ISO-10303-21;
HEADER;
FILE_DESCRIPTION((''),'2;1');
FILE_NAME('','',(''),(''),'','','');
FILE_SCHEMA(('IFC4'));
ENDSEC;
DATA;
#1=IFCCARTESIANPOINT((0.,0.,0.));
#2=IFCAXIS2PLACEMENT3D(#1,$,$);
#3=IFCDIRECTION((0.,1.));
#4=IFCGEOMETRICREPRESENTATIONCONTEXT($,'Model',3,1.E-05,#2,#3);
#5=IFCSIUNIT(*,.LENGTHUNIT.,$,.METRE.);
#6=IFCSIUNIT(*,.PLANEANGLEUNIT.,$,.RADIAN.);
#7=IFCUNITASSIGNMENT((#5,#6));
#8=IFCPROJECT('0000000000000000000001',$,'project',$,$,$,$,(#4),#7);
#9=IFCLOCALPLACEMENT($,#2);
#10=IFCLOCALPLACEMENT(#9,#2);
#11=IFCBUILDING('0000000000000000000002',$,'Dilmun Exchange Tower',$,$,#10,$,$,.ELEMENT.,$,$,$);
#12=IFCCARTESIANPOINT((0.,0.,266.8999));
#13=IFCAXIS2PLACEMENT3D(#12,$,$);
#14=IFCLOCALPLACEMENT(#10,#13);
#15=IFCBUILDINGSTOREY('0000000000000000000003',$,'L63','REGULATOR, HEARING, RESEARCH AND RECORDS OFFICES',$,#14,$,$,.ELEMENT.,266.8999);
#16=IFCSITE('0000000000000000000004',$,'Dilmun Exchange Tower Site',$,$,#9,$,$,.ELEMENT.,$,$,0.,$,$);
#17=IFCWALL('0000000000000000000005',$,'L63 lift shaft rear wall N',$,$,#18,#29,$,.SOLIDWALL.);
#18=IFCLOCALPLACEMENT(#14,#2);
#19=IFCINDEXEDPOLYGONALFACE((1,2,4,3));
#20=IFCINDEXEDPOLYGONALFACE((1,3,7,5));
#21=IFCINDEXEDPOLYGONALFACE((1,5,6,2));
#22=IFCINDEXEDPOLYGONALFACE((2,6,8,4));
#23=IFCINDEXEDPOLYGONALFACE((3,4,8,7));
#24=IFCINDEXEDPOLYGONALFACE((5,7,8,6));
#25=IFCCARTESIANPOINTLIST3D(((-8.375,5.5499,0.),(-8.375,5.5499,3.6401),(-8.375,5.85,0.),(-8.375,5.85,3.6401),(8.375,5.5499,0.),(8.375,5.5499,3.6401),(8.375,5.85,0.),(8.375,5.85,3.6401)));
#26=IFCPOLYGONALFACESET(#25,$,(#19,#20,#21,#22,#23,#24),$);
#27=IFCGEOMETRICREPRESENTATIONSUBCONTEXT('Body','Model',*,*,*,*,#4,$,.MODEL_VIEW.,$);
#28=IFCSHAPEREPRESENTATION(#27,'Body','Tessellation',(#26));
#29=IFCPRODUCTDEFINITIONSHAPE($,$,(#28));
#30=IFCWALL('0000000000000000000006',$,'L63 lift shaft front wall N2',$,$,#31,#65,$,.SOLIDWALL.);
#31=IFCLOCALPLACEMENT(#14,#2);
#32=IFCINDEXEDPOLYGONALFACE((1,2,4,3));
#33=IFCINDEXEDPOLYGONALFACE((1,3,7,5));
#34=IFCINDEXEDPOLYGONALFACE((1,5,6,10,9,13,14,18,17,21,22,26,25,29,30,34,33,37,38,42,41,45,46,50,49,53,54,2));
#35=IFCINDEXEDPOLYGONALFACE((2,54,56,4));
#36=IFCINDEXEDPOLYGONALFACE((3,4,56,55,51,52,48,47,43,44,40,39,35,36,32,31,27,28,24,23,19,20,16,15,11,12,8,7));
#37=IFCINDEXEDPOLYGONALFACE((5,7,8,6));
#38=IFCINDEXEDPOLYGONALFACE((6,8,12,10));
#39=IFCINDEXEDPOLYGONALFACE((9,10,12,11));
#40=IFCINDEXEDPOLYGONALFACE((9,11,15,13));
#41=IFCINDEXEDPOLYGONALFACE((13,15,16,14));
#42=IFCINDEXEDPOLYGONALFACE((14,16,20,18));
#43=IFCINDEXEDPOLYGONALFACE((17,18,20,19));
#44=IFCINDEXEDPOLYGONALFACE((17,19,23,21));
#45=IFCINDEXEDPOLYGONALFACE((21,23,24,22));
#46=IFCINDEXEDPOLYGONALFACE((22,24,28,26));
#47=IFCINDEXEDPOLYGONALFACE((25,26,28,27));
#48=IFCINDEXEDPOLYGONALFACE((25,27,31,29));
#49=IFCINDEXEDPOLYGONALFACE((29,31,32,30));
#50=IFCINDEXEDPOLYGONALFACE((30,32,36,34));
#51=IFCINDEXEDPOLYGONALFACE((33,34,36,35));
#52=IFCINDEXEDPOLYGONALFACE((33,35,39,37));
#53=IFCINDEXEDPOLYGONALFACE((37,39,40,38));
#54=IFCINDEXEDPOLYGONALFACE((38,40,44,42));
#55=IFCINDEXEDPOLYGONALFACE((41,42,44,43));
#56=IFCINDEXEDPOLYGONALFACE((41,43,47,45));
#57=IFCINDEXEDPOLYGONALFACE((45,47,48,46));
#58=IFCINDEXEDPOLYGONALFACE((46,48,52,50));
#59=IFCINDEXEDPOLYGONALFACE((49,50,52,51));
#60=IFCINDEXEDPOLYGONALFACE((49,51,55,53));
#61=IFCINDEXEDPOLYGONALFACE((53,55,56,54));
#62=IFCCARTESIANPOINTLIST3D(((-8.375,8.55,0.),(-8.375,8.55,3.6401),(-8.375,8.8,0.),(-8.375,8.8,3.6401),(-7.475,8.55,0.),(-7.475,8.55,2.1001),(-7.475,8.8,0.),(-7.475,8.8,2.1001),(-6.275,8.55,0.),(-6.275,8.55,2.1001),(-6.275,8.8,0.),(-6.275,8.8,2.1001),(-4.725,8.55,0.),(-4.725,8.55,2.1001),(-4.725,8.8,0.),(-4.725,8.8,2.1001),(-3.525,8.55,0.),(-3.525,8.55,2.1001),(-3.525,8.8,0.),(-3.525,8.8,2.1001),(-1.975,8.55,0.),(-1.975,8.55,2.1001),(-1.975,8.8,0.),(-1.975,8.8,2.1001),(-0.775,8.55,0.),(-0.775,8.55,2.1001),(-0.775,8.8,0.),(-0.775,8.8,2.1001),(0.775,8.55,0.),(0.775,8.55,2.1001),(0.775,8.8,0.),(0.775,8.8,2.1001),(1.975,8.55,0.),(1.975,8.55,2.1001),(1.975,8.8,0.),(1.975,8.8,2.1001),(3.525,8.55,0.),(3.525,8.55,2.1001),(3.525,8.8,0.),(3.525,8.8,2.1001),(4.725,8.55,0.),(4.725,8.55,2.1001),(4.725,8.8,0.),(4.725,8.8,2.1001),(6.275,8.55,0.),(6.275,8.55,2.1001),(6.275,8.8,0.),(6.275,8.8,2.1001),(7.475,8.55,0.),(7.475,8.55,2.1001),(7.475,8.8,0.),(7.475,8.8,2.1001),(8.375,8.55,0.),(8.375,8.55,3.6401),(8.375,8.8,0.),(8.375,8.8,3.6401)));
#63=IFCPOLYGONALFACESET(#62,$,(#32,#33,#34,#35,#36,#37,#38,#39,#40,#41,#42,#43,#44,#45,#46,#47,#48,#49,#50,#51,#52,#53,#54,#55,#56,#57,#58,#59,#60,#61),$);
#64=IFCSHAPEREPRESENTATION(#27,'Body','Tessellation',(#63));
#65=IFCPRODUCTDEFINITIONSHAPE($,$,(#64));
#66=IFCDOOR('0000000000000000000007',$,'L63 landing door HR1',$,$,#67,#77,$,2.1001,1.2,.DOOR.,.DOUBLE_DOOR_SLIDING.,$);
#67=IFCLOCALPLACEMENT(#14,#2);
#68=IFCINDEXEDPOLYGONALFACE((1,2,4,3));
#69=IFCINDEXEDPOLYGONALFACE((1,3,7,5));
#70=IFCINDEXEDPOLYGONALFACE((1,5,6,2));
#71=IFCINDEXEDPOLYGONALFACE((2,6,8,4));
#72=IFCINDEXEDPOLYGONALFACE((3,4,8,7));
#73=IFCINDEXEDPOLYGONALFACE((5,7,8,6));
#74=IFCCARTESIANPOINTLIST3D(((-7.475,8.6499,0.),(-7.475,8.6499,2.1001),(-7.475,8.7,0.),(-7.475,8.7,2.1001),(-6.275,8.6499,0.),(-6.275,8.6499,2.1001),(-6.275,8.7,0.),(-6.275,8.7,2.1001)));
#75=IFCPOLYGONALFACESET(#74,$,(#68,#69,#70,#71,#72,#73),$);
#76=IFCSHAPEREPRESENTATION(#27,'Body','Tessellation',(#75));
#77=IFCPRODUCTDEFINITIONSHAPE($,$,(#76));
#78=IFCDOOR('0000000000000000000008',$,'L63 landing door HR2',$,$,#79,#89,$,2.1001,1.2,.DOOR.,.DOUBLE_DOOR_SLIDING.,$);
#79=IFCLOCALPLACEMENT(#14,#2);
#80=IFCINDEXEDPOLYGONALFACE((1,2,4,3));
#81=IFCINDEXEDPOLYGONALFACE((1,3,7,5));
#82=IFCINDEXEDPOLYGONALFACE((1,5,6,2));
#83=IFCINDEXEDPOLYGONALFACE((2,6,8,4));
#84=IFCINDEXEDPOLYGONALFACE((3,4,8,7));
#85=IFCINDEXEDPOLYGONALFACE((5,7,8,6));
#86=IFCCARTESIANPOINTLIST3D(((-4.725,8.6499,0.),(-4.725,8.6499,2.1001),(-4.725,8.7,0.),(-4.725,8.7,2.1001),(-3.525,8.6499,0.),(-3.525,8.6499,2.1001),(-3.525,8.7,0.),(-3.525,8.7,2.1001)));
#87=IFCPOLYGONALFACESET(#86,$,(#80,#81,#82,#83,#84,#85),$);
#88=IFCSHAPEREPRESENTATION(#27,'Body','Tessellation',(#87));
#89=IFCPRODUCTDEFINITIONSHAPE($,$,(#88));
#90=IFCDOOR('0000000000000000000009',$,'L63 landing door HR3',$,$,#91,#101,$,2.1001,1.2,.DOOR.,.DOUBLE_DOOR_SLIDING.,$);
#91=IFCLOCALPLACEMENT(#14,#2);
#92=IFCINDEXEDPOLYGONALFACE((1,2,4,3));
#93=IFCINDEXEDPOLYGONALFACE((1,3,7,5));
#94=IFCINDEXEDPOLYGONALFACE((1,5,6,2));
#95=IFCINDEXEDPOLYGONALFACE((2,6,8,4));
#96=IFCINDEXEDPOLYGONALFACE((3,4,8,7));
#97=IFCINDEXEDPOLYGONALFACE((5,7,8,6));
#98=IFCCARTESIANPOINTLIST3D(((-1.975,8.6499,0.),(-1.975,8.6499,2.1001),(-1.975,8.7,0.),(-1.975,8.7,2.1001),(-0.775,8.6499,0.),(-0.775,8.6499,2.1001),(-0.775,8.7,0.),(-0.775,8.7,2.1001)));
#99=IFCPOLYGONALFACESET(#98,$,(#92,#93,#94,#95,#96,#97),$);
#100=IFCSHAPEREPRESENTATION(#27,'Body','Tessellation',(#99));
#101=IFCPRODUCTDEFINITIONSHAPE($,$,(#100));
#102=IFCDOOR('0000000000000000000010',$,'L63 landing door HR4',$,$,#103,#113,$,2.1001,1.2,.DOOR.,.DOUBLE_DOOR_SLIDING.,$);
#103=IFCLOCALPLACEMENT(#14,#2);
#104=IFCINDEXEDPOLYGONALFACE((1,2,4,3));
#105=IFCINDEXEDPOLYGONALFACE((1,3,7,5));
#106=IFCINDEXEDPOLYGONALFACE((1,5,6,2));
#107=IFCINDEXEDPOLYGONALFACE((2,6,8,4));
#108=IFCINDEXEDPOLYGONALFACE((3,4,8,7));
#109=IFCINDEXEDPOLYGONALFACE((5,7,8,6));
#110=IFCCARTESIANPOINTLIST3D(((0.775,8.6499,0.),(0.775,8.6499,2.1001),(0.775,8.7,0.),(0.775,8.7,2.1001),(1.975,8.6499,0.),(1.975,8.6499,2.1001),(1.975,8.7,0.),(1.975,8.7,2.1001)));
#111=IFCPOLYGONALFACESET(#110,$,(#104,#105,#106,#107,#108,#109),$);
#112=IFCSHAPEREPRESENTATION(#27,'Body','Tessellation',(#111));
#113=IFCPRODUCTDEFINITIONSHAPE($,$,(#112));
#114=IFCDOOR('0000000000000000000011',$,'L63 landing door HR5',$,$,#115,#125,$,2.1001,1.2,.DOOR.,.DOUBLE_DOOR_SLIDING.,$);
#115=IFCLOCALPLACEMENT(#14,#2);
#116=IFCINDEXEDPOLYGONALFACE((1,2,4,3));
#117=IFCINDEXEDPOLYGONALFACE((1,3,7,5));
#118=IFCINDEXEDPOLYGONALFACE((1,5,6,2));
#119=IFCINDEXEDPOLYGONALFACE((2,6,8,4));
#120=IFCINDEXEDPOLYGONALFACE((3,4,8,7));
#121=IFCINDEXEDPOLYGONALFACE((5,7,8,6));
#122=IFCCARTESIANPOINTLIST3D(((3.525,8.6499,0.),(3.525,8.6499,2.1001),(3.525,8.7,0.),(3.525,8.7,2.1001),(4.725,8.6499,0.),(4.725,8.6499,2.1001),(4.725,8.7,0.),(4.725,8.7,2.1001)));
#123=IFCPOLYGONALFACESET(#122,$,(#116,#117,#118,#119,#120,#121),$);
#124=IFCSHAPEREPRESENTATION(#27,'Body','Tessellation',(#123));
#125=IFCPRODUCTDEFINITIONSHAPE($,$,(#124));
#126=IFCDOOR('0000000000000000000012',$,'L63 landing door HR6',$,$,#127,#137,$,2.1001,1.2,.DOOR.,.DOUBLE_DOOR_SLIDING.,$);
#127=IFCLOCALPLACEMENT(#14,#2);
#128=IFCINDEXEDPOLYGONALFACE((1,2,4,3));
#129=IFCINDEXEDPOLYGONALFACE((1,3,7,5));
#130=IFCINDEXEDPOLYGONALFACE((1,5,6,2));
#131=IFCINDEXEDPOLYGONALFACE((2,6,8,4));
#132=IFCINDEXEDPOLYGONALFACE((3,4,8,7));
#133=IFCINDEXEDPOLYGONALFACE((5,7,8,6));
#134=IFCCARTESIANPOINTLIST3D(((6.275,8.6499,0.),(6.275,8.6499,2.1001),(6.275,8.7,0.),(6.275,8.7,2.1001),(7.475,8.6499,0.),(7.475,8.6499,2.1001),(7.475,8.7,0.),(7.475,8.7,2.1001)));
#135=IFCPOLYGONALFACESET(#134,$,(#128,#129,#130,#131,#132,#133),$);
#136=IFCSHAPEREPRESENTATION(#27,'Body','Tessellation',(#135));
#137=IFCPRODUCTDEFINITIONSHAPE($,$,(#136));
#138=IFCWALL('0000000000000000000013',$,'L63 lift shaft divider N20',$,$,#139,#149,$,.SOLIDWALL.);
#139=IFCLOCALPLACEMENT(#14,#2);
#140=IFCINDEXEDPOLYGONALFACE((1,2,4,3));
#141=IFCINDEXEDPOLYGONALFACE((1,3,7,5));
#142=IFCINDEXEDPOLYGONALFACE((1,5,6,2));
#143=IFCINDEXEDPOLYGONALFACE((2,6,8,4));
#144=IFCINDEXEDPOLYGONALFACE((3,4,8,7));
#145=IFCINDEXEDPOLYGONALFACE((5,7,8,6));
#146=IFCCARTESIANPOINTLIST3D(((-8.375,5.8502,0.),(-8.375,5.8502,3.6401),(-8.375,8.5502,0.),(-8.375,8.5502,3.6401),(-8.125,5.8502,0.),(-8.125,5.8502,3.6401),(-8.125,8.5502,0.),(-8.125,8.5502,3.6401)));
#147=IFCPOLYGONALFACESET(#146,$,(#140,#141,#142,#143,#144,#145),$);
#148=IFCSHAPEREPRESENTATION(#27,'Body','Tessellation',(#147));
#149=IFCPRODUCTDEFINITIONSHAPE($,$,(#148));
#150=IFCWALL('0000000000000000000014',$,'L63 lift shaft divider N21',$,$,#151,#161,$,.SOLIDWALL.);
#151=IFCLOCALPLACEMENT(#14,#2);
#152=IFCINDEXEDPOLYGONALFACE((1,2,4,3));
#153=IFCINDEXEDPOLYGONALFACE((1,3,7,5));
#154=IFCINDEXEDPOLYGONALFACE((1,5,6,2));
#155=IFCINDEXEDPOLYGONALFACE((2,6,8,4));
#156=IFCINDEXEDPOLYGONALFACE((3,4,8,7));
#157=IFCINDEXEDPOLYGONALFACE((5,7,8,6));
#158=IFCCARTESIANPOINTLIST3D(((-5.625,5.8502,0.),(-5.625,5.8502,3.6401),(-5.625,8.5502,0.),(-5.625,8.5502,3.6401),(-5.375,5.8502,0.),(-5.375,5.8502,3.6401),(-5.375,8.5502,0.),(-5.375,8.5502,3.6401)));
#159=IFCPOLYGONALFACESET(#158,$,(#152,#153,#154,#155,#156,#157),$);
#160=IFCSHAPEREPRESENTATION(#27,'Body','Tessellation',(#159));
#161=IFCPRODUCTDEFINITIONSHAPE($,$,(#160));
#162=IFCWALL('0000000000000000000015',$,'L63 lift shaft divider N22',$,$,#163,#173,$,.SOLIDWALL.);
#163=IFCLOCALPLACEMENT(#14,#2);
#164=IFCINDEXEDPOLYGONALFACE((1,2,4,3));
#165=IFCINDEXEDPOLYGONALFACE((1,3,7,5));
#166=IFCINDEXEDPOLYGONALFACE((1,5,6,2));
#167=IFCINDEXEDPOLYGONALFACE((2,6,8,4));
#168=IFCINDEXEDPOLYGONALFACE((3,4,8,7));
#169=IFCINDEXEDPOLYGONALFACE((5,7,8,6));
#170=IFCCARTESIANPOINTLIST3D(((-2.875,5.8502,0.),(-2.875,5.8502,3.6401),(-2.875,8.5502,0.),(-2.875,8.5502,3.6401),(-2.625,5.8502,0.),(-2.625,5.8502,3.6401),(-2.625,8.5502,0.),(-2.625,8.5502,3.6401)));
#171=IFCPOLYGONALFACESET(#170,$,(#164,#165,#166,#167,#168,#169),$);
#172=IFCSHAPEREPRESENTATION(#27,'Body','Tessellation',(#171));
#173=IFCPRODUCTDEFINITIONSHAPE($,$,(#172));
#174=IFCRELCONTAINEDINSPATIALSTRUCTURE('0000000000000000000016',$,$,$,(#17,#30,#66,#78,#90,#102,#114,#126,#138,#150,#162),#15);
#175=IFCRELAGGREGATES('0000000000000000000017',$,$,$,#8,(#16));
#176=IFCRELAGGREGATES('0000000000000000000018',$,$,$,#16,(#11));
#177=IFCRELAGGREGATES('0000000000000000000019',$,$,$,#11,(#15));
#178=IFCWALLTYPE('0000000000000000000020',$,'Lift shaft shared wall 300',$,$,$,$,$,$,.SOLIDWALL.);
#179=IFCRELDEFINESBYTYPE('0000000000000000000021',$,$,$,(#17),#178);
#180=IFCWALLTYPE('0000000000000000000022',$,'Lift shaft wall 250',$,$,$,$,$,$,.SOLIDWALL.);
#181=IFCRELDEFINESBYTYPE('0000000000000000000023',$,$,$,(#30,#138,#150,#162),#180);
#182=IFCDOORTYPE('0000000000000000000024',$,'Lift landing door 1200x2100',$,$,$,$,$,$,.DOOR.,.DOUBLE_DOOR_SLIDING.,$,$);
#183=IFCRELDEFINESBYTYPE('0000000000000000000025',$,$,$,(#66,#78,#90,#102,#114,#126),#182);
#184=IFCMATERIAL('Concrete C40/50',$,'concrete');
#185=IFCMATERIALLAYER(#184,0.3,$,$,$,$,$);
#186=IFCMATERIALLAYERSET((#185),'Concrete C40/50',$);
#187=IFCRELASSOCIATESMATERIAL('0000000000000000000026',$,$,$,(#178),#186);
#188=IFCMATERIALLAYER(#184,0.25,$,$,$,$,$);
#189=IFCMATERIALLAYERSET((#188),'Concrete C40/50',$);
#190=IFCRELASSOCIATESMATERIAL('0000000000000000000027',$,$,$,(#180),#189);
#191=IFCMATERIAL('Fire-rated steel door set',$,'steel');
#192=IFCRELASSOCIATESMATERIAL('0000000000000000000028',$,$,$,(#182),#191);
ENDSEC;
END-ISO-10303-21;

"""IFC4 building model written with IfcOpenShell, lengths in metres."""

from ifc_helpers import new_model, si_unit, direction, frame, frame_2d, origin, place, context, subcontext, project, spatial, rectangle, extrude, material, layer, layer_set, type_object, element, fill, save


model = new_model("IFC4")

# Units and contexts
model_context = context("Model", 3, precision=1e-05, world=origin(), true_north=direction((0.0, 1.0)))
body_context = subcontext(model_context, "Body", "Model", "MODEL_VIEW")
ifc_project = project(units=[si_unit("LENGTHUNIT", "METRE"), si_unit("PLANEANGLEUNIT", "RADIAN")], contexts=[model_context])

# Site, building, storey
site_placement = place(None, origin())
site = spatial("IfcSite", under=ifc_project, at=site_placement, Name="Dilmun Exchange Tower Site", CompositionType="ELEMENT", RefElevation=0.0)
building_placement = place(site_placement, origin())
building = spatial("IfcBuilding", under=site, at=building_placement, Name="Dilmun Exchange Tower", CompositionType="ELEMENT")
storey_placement = place(building_placement, frame((0.0, 0.0, 266.8999)))
storey = spatial("IfcBuildingStorey", under=building, at=storey_placement, Name="L63", Description="REGULATOR, HEARING, RESEARCH AND RECORDS OFFICES", CompositionType="ELEMENT", Elevation=266.8999)

# Shared definitions
ifc_material_1 = material(Name="Concrete C40/50", Category="concrete")

# Shared definitions
ifc_material_2 = material(Name="Fire-rated steel door set", Category="steel")

# Wall
ifc_layer_1 = layer(ifc_material_1, 0.3)
ifc_layer_set_1 = layer_set([ifc_layer_1], Name="Concrete C40/50")
wall_type_1 = type_object("IfcWallType", Name="Lift shaft shared wall 300", PredefinedType="SOLIDWALL", material=ifc_layer_set_1)
wall_1_placement = place(storey_placement, frame((-8.375, 5.7, 0.0), z_axis=(0.0, 0.0, 1.0), x_axis=(1.0, 0.0, 0.0)))
element("IfcWall", 1, at=wall_1_placement, inside=storey, type_object=wall_type_1, Name="L63 lift shaft rear wall N", PredefinedType="SOLIDWALL", context=body_context, shape_type="SweptSolid", body=[
    extrude(rectangle(XDim=16.75, YDim=0.3, at=frame_2d((8.375, 0.0))), origin(), (0.0, 0.0, 1.0), 3.6401),
])

# Wall, openings, doors
ifc_layer_2 = layer(ifc_material_1, 0.25)
ifc_layer_set_2 = layer_set([ifc_layer_2], Name="Concrete C40/50")
wall_type_2 = type_object("IfcWallType", Name="Lift shaft wall 250", PredefinedType="SOLIDWALL", material=ifc_layer_set_2)
wall_2_placement = place(storey_placement, frame((-8.375, 8.675, 0.0), z_axis=(0.0, 0.0, 1.0), x_axis=(1.0, 0.0, 0.0)))
wall_2 = element("IfcWall", 2, at=wall_2_placement, inside=storey, type_object=wall_type_2, Name="L63 lift shaft front wall N2", PredefinedType="SOLIDWALL", context=body_context, shape_type="SweptSolid", body=[
    extrude(rectangle(XDim=16.75, YDim=0.25, at=frame_2d((8.375, 0.0))), origin(), (0.0, 0.0, 1.0), 3.6401),
])
opening_1_placement = place(wall_2_placement, frame((0.8999, 0.0, 0.0)))
opening_1 = element("IfcOpeningElement", 3, at=opening_1_placement, cuts=wall_2, PredefinedType="OPENING", context=body_context, shape_type="SweptSolid", body=[
    extrude(rectangle(XDim=1.2, YDim=2.1001, at=frame_2d((0.6001, 1.05))), frame((0.0, 0.135, 0.0), z_axis=(0.0, -1.0, 0.0), x_axis=(1.0, 0.0, 0.0)), (0.0, 0.0, 1.0), 0.27),
])
opening_2_placement = place(wall_2_placement, frame((3.6499, 0.0, 0.0)))
opening_2 = element("IfcOpeningElement", 4, at=opening_2_placement, cuts=wall_2, PredefinedType="OPENING", context=body_context, shape_type="SweptSolid", body=[
    extrude(rectangle(XDim=1.2, YDim=2.1001, at=frame_2d((0.6001, 1.05))), frame((0.0, 0.135, 0.0), z_axis=(0.0, -1.0, 0.0), x_axis=(1.0, 0.0, 0.0)), (0.0, 0.0, 1.0), 0.27),
])
opening_3_placement = place(wall_2_placement, frame((6.3999, 0.0, 0.0)))
opening_3 = element("IfcOpeningElement", 5, at=opening_3_placement, cuts=wall_2, PredefinedType="OPENING", context=body_context, shape_type="SweptSolid", body=[
    extrude(rectangle(XDim=1.2, YDim=2.1001, at=frame_2d((0.6001, 1.05))), frame((0.0, 0.135, 0.0), z_axis=(0.0, -1.0, 0.0), x_axis=(1.0, 0.0, 0.0)), (0.0, 0.0, 1.0), 0.27),
])
opening_4_placement = place(wall_2_placement, frame((9.1499, 0.0, 0.0)))
opening_4 = element("IfcOpeningElement", 6, at=opening_4_placement, cuts=wall_2, PredefinedType="OPENING", context=body_context, shape_type="SweptSolid", body=[
    extrude(rectangle(XDim=1.2, YDim=2.1001, at=frame_2d((0.6001, 1.05))), frame((0.0, 0.135, 0.0), z_axis=(0.0, -1.0, 0.0), x_axis=(1.0, 0.0, 0.0)), (0.0, 0.0, 1.0), 0.27),
])
opening_5_placement = place(wall_2_placement, frame((11.8999, 0.0, 0.0)))
opening_5 = element("IfcOpeningElement", 7, at=opening_5_placement, cuts=wall_2, PredefinedType="OPENING", context=body_context, shape_type="SweptSolid", body=[
    extrude(rectangle(XDim=1.2, YDim=2.1001, at=frame_2d((0.6001, 1.05))), frame((0.0, 0.135, 0.0), z_axis=(0.0, -1.0, 0.0), x_axis=(1.0, 0.0, 0.0)), (0.0, 0.0, 1.0), 0.27),
])
opening_6_placement = place(wall_2_placement, frame((14.6499, 0.0, 0.0)))
opening_6 = element("IfcOpeningElement", 8, at=opening_6_placement, cuts=wall_2, PredefinedType="OPENING", context=body_context, shape_type="SweptSolid", body=[
    extrude(rectangle(XDim=1.2, YDim=2.1001, at=frame_2d((0.6001, 1.05))), frame((0.0, 0.135, 0.0), z_axis=(0.0, -1.0, 0.0), x_axis=(1.0, 0.0, 0.0)), (0.0, 0.0, 1.0), 0.27),
])
door_type_1 = type_object("IfcDoorType", Name="Lift landing door 1200x2100", OperationType="DOUBLE_DOOR_SLIDING", PredefinedType="DOOR", material=ifc_material_2)
door_1_placement = place(opening_1_placement, origin())
door_1 = element("IfcDoor", 9, at=door_1_placement, inside=storey, type_object=door_type_1, Name="L63 landing door HR1", OperationType="DOUBLE_DOOR_SLIDING", OverallHeight=2.1001, OverallWidth=1.2, PredefinedType="DOOR", context=body_context, shape_type="SweptSolid", body=[
    extrude(rectangle(XDim=1.2, YDim=2.1001, at=frame_2d((0.6001, 1.05))), frame((0.0, 0.0249, 0.0), z_axis=(0.0, -1.0, 0.0), x_axis=(1.0, 0.0, 0.0)), (0.0, 0.0, 1.0), 0.05),
])
fill(opening_1, door_1)
door_2_placement = place(opening_2_placement, origin())
door_2 = element("IfcDoor", 10, at=door_2_placement, inside=storey, type_object=door_type_1, Name="L63 landing door HR2", OperationType="DOUBLE_DOOR_SLIDING", OverallHeight=2.1001, OverallWidth=1.2, PredefinedType="DOOR", context=body_context, shape_type="SweptSolid", body=[
    extrude(rectangle(XDim=1.2, YDim=2.1001, at=frame_2d((0.6001, 1.05))), frame((0.0, 0.0249, 0.0), z_axis=(0.0, -1.0, 0.0), x_axis=(1.0, 0.0, 0.0)), (0.0, 0.0, 1.0), 0.05),
])
fill(opening_2, door_2)
door_3_placement = place(opening_3_placement, origin())
door_3 = element("IfcDoor", 11, at=door_3_placement, inside=storey, type_object=door_type_1, Name="L63 landing door HR3", OperationType="DOUBLE_DOOR_SLIDING", OverallHeight=2.1001, OverallWidth=1.2, PredefinedType="DOOR", context=body_context, shape_type="SweptSolid", body=[
    extrude(rectangle(XDim=1.2, YDim=2.1001, at=frame_2d((0.6001, 1.05))), frame((0.0, 0.0249, 0.0), z_axis=(0.0, -1.0, 0.0), x_axis=(1.0, 0.0, 0.0)), (0.0, 0.0, 1.0), 0.05),
])
fill(opening_3, door_3)
door_4_placement = place(opening_4_placement, origin())
door_4 = element("IfcDoor", 12, at=door_4_placement, inside=storey, type_object=door_type_1, Name="L63 landing door HR4", OperationType="DOUBLE_DOOR_SLIDING", OverallHeight=2.1001, OverallWidth=1.2, PredefinedType="DOOR", context=body_context, shape_type="SweptSolid", body=[
    extrude(rectangle(XDim=1.2, YDim=2.1001, at=frame_2d((0.6001, 1.05))), frame((0.0, 0.0249, 0.0), z_axis=(0.0, -1.0, 0.0), x_axis=(1.0, 0.0, 0.0)), (0.0, 0.0, 1.0), 0.05),
])
fill(opening_4, door_4)
door_5_placement = place(opening_5_placement, origin())
door_5 = element("IfcDoor", 13, at=door_5_placement, inside=storey, type_object=door_type_1, Name="L63 landing door HR5", OperationType="DOUBLE_DOOR_SLIDING", OverallHeight=2.1001, OverallWidth=1.2, PredefinedType="DOOR", context=body_context, shape_type="SweptSolid", body=[
    extrude(rectangle(XDim=1.2, YDim=2.1001, at=frame_2d((0.6001, 1.05))), frame((0.0, 0.0249, 0.0), z_axis=(0.0, -1.0, 0.0), x_axis=(1.0, 0.0, 0.0)), (0.0, 0.0, 1.0), 0.05),
])
fill(opening_5, door_5)
door_6_placement = place(opening_6_placement, origin())
door_6 = element("IfcDoor", 14, at=door_6_placement, inside=storey, type_object=door_type_1, Name="L63 landing door HR6", OperationType="DOUBLE_DOOR_SLIDING", OverallHeight=2.1001, OverallWidth=1.2, PredefinedType="DOOR", context=body_context, shape_type="SweptSolid", body=[
    extrude(rectangle(XDim=1.2, YDim=2.1001, at=frame_2d((0.6001, 1.05))), frame((0.0, 0.0249, 0.0), z_axis=(0.0, -1.0, 0.0), x_axis=(1.0, 0.0, 0.0)), (0.0, 0.0, 1.0), 0.05),
])
fill(opening_6, door_6)

# Walls
for number, where, z_axis, x_axis, name in (
    (15, (-8.25, 5.8501, 0.0), (0.0, 0.0, 1.0), (0.0, 1.0, 0.0), "L63 lift shaft divider N20"),
    (16, (-5.5, 5.8501, 0.0), (0.0, 0.0, 1.0), (0.0, 1.0, 0.0), "L63 lift shaft divider N21"),
    (17, (-2.75, 5.8501, 0.0), (0.0, 0.0, 1.0), (0.0, 1.0, 0.0), "L63 lift shaft divider N22"),
):
    element("IfcWall", number, at=place(storey_placement, frame(where, z_axis=z_axis, x_axis=x_axis)), inside=storey, type_object=wall_type_2, Name=name, PredefinedType="SOLIDWALL", context=body_context, shape_type="SweptSolid", body=[
        extrude(rectangle(XDim=2.7, YDim=0.25, at=frame_2d((1.3501, 0.0))), origin(), (0.0, 0.0, 1.0), 3.6401),
    ])

save(model, "model.ifc")
